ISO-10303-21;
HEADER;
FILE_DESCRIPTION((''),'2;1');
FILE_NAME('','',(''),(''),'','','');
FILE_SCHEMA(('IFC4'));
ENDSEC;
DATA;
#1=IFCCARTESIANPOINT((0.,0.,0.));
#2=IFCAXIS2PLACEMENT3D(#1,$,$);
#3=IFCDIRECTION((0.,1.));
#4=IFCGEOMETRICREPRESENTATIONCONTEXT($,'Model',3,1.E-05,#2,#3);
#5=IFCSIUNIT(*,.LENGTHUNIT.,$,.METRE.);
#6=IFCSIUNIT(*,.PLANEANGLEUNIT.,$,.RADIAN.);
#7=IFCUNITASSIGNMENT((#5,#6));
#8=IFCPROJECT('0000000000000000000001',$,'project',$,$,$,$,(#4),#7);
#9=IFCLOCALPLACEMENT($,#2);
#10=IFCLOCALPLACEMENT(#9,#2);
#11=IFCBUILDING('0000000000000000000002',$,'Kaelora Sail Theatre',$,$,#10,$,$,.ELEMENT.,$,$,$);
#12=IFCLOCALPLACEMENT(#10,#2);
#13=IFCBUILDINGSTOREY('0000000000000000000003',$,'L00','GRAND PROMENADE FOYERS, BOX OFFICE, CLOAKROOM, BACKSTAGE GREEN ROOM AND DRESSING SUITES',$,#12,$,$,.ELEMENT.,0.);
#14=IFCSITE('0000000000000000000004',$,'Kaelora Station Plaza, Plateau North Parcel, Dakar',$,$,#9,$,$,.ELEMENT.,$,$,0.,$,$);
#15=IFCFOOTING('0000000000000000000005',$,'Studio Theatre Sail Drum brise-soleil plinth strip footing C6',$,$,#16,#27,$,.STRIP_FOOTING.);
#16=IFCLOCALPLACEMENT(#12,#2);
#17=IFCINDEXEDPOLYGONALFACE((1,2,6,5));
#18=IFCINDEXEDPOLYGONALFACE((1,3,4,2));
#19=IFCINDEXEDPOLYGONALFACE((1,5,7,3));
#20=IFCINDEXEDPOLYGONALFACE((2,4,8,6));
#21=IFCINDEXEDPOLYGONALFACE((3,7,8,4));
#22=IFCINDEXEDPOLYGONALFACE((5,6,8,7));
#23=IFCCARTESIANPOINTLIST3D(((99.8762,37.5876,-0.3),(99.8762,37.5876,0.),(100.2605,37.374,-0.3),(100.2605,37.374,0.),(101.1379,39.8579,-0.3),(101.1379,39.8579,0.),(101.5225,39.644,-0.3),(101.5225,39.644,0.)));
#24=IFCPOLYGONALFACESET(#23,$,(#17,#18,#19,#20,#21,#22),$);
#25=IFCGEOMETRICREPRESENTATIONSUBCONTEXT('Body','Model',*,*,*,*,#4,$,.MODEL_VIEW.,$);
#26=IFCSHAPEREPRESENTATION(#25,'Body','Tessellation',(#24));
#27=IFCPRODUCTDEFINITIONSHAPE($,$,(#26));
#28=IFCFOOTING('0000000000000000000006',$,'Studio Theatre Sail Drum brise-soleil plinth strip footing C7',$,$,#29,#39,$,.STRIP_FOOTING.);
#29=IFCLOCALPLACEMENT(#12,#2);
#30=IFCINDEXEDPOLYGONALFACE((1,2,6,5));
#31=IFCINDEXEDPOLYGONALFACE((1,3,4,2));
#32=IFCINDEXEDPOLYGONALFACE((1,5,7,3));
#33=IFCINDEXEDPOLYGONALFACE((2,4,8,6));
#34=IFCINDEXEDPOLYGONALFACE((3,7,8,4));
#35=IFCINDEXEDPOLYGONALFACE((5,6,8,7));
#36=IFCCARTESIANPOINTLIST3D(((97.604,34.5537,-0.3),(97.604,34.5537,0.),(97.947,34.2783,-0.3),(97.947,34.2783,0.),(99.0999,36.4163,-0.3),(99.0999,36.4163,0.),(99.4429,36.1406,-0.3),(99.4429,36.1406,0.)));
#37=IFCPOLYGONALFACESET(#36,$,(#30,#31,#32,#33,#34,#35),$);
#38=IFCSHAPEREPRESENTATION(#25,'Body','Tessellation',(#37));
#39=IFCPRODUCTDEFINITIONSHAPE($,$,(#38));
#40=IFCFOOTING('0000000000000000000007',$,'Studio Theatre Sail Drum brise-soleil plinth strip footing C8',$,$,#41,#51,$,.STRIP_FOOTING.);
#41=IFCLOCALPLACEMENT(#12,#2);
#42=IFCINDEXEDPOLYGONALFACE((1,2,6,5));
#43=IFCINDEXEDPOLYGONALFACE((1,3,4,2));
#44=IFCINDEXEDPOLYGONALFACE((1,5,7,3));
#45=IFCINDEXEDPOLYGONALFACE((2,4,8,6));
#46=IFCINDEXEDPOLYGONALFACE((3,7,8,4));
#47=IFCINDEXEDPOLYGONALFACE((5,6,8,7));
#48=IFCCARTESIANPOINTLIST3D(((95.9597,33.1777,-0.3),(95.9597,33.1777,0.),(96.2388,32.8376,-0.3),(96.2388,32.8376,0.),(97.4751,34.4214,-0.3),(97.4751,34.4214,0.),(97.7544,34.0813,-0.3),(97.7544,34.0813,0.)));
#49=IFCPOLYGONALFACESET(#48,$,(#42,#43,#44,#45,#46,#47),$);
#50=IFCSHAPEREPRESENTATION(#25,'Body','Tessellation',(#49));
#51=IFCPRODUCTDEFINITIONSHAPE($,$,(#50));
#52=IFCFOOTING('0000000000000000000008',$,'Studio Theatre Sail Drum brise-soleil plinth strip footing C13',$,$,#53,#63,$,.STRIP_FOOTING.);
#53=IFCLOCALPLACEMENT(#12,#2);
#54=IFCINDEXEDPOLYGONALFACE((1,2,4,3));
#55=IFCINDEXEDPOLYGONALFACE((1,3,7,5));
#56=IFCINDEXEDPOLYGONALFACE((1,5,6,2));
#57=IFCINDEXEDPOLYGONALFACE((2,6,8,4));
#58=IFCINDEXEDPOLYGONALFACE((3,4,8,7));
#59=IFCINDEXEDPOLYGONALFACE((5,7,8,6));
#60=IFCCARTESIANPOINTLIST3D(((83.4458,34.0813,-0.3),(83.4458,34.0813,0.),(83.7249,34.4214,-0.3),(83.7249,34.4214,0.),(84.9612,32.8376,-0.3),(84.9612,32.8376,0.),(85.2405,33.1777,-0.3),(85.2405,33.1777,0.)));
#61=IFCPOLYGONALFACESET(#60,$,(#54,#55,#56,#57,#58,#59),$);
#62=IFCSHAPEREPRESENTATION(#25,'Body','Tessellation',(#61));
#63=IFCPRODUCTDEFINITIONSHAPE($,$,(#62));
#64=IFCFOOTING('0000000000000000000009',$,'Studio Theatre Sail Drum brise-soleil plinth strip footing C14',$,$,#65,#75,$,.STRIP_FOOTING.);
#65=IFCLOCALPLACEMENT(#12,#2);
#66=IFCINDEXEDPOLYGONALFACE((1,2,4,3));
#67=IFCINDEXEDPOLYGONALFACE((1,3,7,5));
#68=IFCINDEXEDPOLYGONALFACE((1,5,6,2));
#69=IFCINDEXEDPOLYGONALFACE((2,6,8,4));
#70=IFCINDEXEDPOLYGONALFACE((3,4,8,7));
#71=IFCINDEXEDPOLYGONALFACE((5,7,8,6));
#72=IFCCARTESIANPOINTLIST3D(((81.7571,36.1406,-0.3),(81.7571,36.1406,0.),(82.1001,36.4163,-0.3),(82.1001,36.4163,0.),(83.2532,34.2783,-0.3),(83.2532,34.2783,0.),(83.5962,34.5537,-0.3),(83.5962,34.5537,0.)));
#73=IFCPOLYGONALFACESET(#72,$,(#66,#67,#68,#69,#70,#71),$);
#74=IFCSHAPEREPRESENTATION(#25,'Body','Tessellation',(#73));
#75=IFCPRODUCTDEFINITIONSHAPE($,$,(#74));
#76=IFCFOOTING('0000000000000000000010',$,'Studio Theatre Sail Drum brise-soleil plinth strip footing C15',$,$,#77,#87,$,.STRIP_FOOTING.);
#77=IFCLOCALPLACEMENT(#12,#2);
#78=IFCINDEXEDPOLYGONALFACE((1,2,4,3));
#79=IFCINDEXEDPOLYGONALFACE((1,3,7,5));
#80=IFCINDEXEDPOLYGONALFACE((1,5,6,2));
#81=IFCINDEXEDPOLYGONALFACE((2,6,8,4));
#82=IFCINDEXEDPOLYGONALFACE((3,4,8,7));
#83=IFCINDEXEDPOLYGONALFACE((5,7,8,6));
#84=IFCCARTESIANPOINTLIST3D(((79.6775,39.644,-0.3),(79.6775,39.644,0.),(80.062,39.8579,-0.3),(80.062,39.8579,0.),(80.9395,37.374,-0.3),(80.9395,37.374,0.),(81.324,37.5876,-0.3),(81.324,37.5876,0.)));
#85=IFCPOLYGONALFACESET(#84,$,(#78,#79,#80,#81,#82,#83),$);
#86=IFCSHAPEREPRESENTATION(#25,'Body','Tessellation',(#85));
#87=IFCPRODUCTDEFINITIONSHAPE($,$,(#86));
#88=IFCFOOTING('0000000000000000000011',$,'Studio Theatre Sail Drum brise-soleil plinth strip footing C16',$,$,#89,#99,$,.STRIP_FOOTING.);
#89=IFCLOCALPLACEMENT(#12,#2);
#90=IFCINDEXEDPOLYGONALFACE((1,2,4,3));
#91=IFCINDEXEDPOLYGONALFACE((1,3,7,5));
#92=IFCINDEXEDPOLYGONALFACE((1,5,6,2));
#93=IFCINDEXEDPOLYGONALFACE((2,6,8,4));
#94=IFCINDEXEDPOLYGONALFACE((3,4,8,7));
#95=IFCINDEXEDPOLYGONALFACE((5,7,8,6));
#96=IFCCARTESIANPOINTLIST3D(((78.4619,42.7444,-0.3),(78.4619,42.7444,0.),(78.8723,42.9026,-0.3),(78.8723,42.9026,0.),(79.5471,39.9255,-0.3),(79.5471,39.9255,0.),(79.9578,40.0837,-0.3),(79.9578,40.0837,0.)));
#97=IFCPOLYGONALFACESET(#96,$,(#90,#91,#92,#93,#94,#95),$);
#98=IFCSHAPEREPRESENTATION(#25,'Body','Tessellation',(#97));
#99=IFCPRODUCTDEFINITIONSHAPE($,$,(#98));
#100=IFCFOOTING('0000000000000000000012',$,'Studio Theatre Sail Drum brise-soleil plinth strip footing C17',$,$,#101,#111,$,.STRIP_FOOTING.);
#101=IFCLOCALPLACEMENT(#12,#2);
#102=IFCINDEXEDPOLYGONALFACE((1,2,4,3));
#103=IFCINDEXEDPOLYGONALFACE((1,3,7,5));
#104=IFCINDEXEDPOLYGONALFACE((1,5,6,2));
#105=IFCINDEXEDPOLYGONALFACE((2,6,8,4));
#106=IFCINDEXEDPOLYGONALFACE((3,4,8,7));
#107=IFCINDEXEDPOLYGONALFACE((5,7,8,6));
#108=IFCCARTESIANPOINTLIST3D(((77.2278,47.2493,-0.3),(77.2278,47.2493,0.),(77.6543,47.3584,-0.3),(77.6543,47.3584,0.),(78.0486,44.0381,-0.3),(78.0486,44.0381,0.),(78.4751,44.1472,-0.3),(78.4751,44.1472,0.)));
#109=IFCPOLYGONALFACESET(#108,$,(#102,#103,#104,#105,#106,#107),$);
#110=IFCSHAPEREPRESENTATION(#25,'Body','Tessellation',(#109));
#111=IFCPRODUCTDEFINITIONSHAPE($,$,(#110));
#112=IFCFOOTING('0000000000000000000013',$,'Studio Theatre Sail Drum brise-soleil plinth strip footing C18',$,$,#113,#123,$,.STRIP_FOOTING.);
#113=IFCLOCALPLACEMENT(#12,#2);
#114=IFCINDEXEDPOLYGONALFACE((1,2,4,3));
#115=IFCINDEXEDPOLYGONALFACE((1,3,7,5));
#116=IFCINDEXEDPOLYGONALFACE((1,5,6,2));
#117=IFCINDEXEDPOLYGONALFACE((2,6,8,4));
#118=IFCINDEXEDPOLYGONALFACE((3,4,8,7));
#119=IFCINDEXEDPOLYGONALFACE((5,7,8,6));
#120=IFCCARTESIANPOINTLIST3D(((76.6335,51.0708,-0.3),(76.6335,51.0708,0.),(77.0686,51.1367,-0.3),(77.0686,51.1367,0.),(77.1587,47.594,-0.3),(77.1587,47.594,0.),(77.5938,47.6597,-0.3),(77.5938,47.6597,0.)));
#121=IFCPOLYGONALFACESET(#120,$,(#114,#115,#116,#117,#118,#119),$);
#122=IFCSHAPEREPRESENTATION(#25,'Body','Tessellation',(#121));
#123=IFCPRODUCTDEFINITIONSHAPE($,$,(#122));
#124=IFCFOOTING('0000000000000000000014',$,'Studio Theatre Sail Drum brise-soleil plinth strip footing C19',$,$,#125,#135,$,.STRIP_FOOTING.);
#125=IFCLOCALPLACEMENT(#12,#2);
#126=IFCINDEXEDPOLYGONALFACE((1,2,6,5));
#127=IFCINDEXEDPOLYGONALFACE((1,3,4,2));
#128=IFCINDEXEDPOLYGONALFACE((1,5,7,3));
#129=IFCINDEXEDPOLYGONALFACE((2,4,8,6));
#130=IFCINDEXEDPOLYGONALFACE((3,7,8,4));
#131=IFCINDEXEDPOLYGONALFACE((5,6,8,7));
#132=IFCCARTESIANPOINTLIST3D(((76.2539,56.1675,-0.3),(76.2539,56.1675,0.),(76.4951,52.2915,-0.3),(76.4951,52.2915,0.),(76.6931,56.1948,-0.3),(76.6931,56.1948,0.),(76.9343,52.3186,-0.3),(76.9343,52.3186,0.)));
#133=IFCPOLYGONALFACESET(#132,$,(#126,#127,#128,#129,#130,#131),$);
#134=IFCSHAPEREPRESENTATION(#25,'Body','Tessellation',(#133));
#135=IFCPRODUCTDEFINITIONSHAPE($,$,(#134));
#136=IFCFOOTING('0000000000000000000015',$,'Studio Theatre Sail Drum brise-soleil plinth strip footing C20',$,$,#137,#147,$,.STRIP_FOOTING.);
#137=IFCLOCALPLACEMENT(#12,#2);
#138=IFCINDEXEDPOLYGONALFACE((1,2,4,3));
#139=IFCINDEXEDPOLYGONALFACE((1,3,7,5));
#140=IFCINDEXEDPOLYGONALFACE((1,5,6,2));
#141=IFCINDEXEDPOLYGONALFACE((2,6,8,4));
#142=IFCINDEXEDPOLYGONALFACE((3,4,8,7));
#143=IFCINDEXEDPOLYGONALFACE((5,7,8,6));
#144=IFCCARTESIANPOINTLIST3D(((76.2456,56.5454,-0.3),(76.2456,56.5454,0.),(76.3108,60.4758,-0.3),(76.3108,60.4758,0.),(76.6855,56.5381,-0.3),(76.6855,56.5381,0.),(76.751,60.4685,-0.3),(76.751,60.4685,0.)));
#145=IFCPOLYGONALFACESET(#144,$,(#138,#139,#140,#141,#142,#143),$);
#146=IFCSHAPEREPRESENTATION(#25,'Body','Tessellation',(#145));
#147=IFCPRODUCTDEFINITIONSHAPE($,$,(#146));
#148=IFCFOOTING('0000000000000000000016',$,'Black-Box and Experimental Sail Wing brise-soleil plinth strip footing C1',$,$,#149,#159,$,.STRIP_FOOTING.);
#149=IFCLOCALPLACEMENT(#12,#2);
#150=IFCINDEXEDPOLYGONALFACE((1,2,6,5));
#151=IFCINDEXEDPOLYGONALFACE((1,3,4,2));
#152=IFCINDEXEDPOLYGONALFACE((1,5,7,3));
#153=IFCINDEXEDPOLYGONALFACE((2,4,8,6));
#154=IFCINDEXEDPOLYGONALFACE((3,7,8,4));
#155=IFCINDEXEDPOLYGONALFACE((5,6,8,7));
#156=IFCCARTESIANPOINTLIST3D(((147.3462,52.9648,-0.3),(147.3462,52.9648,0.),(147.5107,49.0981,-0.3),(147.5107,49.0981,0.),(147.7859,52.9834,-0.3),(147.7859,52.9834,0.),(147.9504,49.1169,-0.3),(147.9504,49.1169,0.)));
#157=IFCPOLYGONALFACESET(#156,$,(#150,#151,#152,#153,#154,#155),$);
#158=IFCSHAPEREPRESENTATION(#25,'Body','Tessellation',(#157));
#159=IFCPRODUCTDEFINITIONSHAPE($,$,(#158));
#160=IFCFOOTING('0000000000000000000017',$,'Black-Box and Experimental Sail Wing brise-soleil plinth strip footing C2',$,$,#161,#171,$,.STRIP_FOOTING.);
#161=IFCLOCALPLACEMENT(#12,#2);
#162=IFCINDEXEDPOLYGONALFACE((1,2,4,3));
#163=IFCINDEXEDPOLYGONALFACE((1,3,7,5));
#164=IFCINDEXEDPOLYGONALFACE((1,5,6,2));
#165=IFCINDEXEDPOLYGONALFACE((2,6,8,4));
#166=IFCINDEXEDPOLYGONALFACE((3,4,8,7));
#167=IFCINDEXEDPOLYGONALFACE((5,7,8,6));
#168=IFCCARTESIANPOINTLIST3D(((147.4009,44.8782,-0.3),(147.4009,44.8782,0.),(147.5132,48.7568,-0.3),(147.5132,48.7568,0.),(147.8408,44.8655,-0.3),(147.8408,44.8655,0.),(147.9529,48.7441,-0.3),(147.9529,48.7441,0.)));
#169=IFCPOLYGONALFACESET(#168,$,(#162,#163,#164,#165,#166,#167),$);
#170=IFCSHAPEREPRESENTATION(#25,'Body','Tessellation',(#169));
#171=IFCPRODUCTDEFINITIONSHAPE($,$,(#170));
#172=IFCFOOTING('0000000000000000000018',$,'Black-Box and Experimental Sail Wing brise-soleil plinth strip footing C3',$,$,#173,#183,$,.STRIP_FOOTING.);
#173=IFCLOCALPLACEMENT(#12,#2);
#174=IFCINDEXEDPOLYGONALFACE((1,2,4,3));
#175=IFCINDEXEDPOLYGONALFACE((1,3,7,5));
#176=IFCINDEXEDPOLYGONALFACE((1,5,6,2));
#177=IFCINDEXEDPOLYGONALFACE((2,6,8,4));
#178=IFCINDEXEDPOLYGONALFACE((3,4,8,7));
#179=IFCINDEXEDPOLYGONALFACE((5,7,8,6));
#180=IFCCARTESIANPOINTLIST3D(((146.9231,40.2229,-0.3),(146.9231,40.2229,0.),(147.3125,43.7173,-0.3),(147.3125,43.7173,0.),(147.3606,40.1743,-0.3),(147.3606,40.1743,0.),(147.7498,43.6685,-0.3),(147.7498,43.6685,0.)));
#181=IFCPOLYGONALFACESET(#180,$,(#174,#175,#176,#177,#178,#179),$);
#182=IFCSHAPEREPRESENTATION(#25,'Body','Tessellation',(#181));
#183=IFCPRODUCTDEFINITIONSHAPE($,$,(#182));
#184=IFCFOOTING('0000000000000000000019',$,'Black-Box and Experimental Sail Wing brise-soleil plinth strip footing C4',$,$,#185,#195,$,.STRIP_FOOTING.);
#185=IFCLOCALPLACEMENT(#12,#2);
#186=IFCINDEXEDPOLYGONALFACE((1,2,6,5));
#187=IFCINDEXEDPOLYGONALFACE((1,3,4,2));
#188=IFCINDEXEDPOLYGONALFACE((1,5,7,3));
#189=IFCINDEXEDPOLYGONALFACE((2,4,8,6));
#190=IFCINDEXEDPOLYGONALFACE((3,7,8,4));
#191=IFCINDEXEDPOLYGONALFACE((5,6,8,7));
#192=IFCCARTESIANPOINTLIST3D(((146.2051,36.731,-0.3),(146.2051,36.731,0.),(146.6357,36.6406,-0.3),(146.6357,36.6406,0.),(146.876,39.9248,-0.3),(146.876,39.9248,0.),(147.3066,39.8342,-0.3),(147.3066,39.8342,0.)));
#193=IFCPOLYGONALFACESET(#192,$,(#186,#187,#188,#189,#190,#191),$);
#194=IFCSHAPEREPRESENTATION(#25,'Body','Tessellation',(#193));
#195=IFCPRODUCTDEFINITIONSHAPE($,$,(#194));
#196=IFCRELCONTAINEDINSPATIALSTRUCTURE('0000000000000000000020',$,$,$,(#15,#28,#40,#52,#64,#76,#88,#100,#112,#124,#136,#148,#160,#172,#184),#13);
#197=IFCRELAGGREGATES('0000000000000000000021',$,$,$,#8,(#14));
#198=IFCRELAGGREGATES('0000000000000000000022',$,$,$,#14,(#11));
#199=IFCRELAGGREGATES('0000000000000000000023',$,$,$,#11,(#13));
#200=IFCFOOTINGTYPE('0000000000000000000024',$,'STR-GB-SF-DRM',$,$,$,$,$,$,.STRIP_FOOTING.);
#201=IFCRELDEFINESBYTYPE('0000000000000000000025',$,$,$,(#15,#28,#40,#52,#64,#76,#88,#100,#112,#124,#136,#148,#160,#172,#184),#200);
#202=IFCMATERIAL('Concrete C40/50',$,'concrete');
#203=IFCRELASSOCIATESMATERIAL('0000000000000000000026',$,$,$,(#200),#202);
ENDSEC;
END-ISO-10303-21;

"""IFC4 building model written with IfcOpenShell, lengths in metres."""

from ifc_helpers import new_model, si_unit, direction, frame, origin, place, context, subcontext, project, spatial, polyline, outline, extrude, material, type_object, element, save


model = new_model("IFC4")

# Units and contexts
model_context = context("Model", 3, precision=1e-05, world=origin(), true_north=direction((0.0, 1.0)))
body_context = subcontext(model_context, "Body", "Model", "MODEL_VIEW")
ifc_project = project(units=[si_unit("LENGTHUNIT", "METRE"), si_unit("PLANEANGLEUNIT", "RADIAN")], contexts=[model_context])

# Site, building, storey
site_placement = place(None, origin())
site = spatial("IfcSite", under=ifc_project, at=site_placement, Name="Kaelora Station Plaza, Plateau North Parcel, Dakar", CompositionType="ELEMENT", RefElevation=0.0)
building_placement = place(site_placement, origin())
building = spatial("IfcBuilding", under=site, at=building_placement, Name="Kaelora Sail Theatre", CompositionType="ELEMENT")
storey_placement = place(building_placement, origin())
storey = spatial("IfcBuildingStorey", under=building, at=storey_placement, Name="L00", Description="GRAND PROMENADE FOYERS, BOX OFFICE, CLOAKROOM, BACKSTAGE GREEN ROOM AND DRESSING SUITES", CompositionType="ELEMENT", Elevation=0.0)

# Footings
ifc_material = material(Name="Concrete C40/50", Category="concrete")
footing_type = type_object("IfcFootingType", Name="STR-GB-SF-DRM", PredefinedType="STRIP_FOOTING", material=ifc_material)
footing_1_placement = place(storey_placement, frame((0.0, 0.0, -0.3)))
element("IfcFooting", 1, at=footing_1_placement, inside=storey, type_object=footing_type, Name="Studio Theatre Sail Drum brise-soleil plinth strip footing C6", PredefinedType="STRIP_FOOTING", context=body_context, shape_type="SweptSolid", body=[
    extrude(outline(polyline([(101.1379, 39.8579), (99.8762, 37.5876), (100.2605, 37.374), (101.5225, 39.644), (101.1379, 39.8579)])), origin(), (0.0, 0.0, 1.0), 0.3),
])
footing_2_placement = place(storey_placement, frame((0.0, 0.0, -0.3)))
element("IfcFooting", 2, at=footing_2_placement, inside=storey, type_object=footing_type, Name="Studio Theatre Sail Drum brise-soleil plinth strip footing C7", PredefinedType="STRIP_FOOTING", context=body_context, shape_type="SweptSolid", body=[
    extrude(outline(polyline([(99.0999, 36.4163), (97.604, 34.5537), (97.947, 34.2783), (99.4429, 36.1406), (99.0999, 36.4163)])), origin(), (0.0, 0.0, 1.0), 0.3),
])
footing_3_placement = place(storey_placement, frame((0.0, 0.0, -0.3)))
element("IfcFooting", 3, at=footing_3_placement, inside=storey, type_object=footing_type, Name="Studio Theatre Sail Drum brise-soleil plinth strip footing C8", PredefinedType="STRIP_FOOTING", context=body_context, shape_type="SweptSolid", body=[
    extrude(outline(polyline([(97.4751, 34.4214), (95.9597, 33.1777), (96.2388, 32.8376), (97.7544, 34.0813), (97.4751, 34.4214)])), origin(), (0.0, 0.0, 1.0), 0.3),
])
footing_4_placement = place(storey_placement, frame((0.0, 0.0, -0.3)))
element("IfcFooting", 4, at=footing_4_placement, inside=storey, type_object=footing_type, Name="Studio Theatre Sail Drum brise-soleil plinth strip footing C13", PredefinedType="STRIP_FOOTING", context=body_context, shape_type="SweptSolid", body=[
    extrude(outline(polyline([(85.2405, 33.1777), (83.7249, 34.4214), (83.4458, 34.0813), (84.9612, 32.8376), (85.2405, 33.1777)])), origin(), (0.0, 0.0, 1.0), 0.3),
])
footing_5_placement = place(storey_placement, frame((0.0, 0.0, -0.3)))
element("IfcFooting", 5, at=footing_5_placement, inside=storey, type_object=footing_type, Name="Studio Theatre Sail Drum brise-soleil plinth strip footing C14", PredefinedType="STRIP_FOOTING", context=body_context, shape_type="SweptSolid", body=[
    extrude(outline(polyline([(83.5962, 34.5537), (82.1001, 36.4163), (81.7571, 36.1406), (83.2532, 34.2783), (83.5962, 34.5537)])), origin(), (0.0, 0.0, 1.0), 0.3),
])
footing_6_placement = place(storey_placement, frame((0.0, 0.0, -0.3)))
element("IfcFooting", 6, at=footing_6_placement, inside=storey, type_object=footing_type, Name="Studio Theatre Sail Drum brise-soleil plinth strip footing C15", PredefinedType="STRIP_FOOTING", context=body_context, shape_type="SweptSolid", body=[
    extrude(outline(polyline([(81.324, 37.5876), (80.062, 39.8579), (79.6775, 39.644), (80.9395, 37.374), (81.324, 37.5876)])), origin(), (0.0, 0.0, 1.0), 0.3),
])
footing_7_placement = place(storey_placement, frame((0.0, 0.0, -0.3)))
element("IfcFooting", 7, at=footing_7_placement, inside=storey, type_object=footing_type, Name="Studio Theatre Sail Drum brise-soleil plinth strip footing C16", PredefinedType="STRIP_FOOTING", context=body_context, shape_type="SweptSolid", body=[
    extrude(outline(polyline([(79.9578, 40.0837), (78.8723, 42.9026), (78.4619, 42.7444), (79.5471, 39.9255), (79.9578, 40.0837)])), origin(), (0.0, 0.0, 1.0), 0.3),
])
footing_8_placement = place(storey_placement, frame((0.0, 0.0, -0.3)))
element("IfcFooting", 8, at=footing_8_placement, inside=storey, type_object=footing_type, Name="Studio Theatre Sail Drum brise-soleil plinth strip footing C17", PredefinedType="STRIP_FOOTING", context=body_context, shape_type="SweptSolid", body=[
    extrude(outline(polyline([(78.4751, 44.1472), (77.6543, 47.3584), (77.2278, 47.2493), (78.0486, 44.0381), (78.4751, 44.1472)])), origin(), (0.0, 0.0, 1.0), 0.3),
])
footing_9_placement = place(storey_placement, frame((0.0, 0.0, -0.3)))
element("IfcFooting", 9, at=footing_9_placement, inside=storey, type_object=footing_type, Name="Studio Theatre Sail Drum brise-soleil plinth strip footing C18", PredefinedType="STRIP_FOOTING", context=body_context, shape_type="SweptSolid", body=[
    extrude(outline(polyline([(77.5938, 47.6597), (77.0686, 51.1367), (76.6335, 51.0708), (77.1587, 47.594), (77.5938, 47.6597)])), origin(), (0.0, 0.0, 1.0), 0.3),
])
footing_10_placement = place(storey_placement, frame((0.0, 0.0, -0.3)))
element("IfcFooting", 10, at=footing_10_placement, inside=storey, type_object=footing_type, Name="Studio Theatre Sail Drum brise-soleil plinth strip footing C19", PredefinedType="STRIP_FOOTING", context=body_context, shape_type="SweptSolid", body=[
    extrude(outline(polyline([(76.9343, 52.3186), (76.6931, 56.1948), (76.2539, 56.1675), (76.4951, 52.2915), (76.9343, 52.3186)])), origin(), (0.0, 0.0, 1.0), 0.3),
])
footing_11_placement = place(storey_placement, frame((0.0, 0.0, -0.3)))
element("IfcFooting", 11, at=footing_11_placement, inside=storey, type_object=footing_type, Name="Studio Theatre Sail Drum brise-soleil plinth strip footing C20", PredefinedType="STRIP_FOOTING", context=body_context, shape_type="SweptSolid", body=[
    extrude(outline(polyline([(76.6855, 56.5381), (76.751, 60.4685), (76.3108, 60.4758), (76.2456, 56.5454), (76.6855, 56.5381)])), origin(), (0.0, 0.0, 1.0), 0.3),
])
footing_12_placement = place(storey_placement, frame((0.0, 0.0, -0.3)))
element("IfcFooting", 12, at=footing_12_placement, inside=storey, type_object=footing_type, Name="Black-Box and Experimental Sail Wing brise-soleil plinth strip footing C1", PredefinedType="STRIP_FOOTING", context=body_context, shape_type="SweptSolid", body=[
    extrude(outline(polyline([(147.3462, 52.9648), (147.5107, 49.0981), (147.9504, 49.1169), (147.7859, 52.9834), (147.3462, 52.9648)])), origin(), (0.0, 0.0, 1.0), 0.3),
])
footing_13_placement = place(storey_placement, frame((0.0, 0.0, -0.3)))
element("IfcFooting", 13, at=footing_13_placement, inside=storey, type_object=footing_type, Name="Black-Box and Experimental Sail Wing brise-soleil plinth strip footing C2", PredefinedType="STRIP_FOOTING", context=body_context, shape_type="SweptSolid", body=[
    extrude(outline(polyline([(147.5132, 48.7568), (147.4009, 44.8782), (147.8408, 44.8655), (147.9529, 48.7441), (147.5132, 48.7568)])), origin(), (0.0, 0.0, 1.0), 0.3),
])
footing_14_placement = place(storey_placement, frame((0.0, 0.0, -0.3)))
element("IfcFooting", 14, at=footing_14_placement, inside=storey, type_object=footing_type, Name="Black-Box and Experimental Sail Wing brise-soleil plinth strip footing C3", PredefinedType="STRIP_FOOTING", context=body_context, shape_type="SweptSolid", body=[
    extrude(outline(polyline([(147.3125, 43.7173), (146.9231, 40.2229), (147.3606, 40.1743), (147.7498, 43.6685), (147.3125, 43.7173)])), origin(), (0.0, 0.0, 1.0), 0.3),
])
footing_15_placement = place(storey_placement, frame((0.0, 0.0, -0.3)))
element("IfcFooting", 15, at=footing_15_placement, inside=storey, type_object=footing_type, Name="Black-Box and Experimental Sail Wing brise-soleil plinth strip footing C4", PredefinedType="STRIP_FOOTING", context=body_context, shape_type="SweptSolid", body=[
    extrude(outline(polyline([(146.876, 39.9248), (146.2051, 36.731), (146.6357, 36.6406), (147.3066, 39.8342), (146.876, 39.9248)])), origin(), (0.0, 0.0, 1.0), 0.3),
])

save(model, "model.ifc")
